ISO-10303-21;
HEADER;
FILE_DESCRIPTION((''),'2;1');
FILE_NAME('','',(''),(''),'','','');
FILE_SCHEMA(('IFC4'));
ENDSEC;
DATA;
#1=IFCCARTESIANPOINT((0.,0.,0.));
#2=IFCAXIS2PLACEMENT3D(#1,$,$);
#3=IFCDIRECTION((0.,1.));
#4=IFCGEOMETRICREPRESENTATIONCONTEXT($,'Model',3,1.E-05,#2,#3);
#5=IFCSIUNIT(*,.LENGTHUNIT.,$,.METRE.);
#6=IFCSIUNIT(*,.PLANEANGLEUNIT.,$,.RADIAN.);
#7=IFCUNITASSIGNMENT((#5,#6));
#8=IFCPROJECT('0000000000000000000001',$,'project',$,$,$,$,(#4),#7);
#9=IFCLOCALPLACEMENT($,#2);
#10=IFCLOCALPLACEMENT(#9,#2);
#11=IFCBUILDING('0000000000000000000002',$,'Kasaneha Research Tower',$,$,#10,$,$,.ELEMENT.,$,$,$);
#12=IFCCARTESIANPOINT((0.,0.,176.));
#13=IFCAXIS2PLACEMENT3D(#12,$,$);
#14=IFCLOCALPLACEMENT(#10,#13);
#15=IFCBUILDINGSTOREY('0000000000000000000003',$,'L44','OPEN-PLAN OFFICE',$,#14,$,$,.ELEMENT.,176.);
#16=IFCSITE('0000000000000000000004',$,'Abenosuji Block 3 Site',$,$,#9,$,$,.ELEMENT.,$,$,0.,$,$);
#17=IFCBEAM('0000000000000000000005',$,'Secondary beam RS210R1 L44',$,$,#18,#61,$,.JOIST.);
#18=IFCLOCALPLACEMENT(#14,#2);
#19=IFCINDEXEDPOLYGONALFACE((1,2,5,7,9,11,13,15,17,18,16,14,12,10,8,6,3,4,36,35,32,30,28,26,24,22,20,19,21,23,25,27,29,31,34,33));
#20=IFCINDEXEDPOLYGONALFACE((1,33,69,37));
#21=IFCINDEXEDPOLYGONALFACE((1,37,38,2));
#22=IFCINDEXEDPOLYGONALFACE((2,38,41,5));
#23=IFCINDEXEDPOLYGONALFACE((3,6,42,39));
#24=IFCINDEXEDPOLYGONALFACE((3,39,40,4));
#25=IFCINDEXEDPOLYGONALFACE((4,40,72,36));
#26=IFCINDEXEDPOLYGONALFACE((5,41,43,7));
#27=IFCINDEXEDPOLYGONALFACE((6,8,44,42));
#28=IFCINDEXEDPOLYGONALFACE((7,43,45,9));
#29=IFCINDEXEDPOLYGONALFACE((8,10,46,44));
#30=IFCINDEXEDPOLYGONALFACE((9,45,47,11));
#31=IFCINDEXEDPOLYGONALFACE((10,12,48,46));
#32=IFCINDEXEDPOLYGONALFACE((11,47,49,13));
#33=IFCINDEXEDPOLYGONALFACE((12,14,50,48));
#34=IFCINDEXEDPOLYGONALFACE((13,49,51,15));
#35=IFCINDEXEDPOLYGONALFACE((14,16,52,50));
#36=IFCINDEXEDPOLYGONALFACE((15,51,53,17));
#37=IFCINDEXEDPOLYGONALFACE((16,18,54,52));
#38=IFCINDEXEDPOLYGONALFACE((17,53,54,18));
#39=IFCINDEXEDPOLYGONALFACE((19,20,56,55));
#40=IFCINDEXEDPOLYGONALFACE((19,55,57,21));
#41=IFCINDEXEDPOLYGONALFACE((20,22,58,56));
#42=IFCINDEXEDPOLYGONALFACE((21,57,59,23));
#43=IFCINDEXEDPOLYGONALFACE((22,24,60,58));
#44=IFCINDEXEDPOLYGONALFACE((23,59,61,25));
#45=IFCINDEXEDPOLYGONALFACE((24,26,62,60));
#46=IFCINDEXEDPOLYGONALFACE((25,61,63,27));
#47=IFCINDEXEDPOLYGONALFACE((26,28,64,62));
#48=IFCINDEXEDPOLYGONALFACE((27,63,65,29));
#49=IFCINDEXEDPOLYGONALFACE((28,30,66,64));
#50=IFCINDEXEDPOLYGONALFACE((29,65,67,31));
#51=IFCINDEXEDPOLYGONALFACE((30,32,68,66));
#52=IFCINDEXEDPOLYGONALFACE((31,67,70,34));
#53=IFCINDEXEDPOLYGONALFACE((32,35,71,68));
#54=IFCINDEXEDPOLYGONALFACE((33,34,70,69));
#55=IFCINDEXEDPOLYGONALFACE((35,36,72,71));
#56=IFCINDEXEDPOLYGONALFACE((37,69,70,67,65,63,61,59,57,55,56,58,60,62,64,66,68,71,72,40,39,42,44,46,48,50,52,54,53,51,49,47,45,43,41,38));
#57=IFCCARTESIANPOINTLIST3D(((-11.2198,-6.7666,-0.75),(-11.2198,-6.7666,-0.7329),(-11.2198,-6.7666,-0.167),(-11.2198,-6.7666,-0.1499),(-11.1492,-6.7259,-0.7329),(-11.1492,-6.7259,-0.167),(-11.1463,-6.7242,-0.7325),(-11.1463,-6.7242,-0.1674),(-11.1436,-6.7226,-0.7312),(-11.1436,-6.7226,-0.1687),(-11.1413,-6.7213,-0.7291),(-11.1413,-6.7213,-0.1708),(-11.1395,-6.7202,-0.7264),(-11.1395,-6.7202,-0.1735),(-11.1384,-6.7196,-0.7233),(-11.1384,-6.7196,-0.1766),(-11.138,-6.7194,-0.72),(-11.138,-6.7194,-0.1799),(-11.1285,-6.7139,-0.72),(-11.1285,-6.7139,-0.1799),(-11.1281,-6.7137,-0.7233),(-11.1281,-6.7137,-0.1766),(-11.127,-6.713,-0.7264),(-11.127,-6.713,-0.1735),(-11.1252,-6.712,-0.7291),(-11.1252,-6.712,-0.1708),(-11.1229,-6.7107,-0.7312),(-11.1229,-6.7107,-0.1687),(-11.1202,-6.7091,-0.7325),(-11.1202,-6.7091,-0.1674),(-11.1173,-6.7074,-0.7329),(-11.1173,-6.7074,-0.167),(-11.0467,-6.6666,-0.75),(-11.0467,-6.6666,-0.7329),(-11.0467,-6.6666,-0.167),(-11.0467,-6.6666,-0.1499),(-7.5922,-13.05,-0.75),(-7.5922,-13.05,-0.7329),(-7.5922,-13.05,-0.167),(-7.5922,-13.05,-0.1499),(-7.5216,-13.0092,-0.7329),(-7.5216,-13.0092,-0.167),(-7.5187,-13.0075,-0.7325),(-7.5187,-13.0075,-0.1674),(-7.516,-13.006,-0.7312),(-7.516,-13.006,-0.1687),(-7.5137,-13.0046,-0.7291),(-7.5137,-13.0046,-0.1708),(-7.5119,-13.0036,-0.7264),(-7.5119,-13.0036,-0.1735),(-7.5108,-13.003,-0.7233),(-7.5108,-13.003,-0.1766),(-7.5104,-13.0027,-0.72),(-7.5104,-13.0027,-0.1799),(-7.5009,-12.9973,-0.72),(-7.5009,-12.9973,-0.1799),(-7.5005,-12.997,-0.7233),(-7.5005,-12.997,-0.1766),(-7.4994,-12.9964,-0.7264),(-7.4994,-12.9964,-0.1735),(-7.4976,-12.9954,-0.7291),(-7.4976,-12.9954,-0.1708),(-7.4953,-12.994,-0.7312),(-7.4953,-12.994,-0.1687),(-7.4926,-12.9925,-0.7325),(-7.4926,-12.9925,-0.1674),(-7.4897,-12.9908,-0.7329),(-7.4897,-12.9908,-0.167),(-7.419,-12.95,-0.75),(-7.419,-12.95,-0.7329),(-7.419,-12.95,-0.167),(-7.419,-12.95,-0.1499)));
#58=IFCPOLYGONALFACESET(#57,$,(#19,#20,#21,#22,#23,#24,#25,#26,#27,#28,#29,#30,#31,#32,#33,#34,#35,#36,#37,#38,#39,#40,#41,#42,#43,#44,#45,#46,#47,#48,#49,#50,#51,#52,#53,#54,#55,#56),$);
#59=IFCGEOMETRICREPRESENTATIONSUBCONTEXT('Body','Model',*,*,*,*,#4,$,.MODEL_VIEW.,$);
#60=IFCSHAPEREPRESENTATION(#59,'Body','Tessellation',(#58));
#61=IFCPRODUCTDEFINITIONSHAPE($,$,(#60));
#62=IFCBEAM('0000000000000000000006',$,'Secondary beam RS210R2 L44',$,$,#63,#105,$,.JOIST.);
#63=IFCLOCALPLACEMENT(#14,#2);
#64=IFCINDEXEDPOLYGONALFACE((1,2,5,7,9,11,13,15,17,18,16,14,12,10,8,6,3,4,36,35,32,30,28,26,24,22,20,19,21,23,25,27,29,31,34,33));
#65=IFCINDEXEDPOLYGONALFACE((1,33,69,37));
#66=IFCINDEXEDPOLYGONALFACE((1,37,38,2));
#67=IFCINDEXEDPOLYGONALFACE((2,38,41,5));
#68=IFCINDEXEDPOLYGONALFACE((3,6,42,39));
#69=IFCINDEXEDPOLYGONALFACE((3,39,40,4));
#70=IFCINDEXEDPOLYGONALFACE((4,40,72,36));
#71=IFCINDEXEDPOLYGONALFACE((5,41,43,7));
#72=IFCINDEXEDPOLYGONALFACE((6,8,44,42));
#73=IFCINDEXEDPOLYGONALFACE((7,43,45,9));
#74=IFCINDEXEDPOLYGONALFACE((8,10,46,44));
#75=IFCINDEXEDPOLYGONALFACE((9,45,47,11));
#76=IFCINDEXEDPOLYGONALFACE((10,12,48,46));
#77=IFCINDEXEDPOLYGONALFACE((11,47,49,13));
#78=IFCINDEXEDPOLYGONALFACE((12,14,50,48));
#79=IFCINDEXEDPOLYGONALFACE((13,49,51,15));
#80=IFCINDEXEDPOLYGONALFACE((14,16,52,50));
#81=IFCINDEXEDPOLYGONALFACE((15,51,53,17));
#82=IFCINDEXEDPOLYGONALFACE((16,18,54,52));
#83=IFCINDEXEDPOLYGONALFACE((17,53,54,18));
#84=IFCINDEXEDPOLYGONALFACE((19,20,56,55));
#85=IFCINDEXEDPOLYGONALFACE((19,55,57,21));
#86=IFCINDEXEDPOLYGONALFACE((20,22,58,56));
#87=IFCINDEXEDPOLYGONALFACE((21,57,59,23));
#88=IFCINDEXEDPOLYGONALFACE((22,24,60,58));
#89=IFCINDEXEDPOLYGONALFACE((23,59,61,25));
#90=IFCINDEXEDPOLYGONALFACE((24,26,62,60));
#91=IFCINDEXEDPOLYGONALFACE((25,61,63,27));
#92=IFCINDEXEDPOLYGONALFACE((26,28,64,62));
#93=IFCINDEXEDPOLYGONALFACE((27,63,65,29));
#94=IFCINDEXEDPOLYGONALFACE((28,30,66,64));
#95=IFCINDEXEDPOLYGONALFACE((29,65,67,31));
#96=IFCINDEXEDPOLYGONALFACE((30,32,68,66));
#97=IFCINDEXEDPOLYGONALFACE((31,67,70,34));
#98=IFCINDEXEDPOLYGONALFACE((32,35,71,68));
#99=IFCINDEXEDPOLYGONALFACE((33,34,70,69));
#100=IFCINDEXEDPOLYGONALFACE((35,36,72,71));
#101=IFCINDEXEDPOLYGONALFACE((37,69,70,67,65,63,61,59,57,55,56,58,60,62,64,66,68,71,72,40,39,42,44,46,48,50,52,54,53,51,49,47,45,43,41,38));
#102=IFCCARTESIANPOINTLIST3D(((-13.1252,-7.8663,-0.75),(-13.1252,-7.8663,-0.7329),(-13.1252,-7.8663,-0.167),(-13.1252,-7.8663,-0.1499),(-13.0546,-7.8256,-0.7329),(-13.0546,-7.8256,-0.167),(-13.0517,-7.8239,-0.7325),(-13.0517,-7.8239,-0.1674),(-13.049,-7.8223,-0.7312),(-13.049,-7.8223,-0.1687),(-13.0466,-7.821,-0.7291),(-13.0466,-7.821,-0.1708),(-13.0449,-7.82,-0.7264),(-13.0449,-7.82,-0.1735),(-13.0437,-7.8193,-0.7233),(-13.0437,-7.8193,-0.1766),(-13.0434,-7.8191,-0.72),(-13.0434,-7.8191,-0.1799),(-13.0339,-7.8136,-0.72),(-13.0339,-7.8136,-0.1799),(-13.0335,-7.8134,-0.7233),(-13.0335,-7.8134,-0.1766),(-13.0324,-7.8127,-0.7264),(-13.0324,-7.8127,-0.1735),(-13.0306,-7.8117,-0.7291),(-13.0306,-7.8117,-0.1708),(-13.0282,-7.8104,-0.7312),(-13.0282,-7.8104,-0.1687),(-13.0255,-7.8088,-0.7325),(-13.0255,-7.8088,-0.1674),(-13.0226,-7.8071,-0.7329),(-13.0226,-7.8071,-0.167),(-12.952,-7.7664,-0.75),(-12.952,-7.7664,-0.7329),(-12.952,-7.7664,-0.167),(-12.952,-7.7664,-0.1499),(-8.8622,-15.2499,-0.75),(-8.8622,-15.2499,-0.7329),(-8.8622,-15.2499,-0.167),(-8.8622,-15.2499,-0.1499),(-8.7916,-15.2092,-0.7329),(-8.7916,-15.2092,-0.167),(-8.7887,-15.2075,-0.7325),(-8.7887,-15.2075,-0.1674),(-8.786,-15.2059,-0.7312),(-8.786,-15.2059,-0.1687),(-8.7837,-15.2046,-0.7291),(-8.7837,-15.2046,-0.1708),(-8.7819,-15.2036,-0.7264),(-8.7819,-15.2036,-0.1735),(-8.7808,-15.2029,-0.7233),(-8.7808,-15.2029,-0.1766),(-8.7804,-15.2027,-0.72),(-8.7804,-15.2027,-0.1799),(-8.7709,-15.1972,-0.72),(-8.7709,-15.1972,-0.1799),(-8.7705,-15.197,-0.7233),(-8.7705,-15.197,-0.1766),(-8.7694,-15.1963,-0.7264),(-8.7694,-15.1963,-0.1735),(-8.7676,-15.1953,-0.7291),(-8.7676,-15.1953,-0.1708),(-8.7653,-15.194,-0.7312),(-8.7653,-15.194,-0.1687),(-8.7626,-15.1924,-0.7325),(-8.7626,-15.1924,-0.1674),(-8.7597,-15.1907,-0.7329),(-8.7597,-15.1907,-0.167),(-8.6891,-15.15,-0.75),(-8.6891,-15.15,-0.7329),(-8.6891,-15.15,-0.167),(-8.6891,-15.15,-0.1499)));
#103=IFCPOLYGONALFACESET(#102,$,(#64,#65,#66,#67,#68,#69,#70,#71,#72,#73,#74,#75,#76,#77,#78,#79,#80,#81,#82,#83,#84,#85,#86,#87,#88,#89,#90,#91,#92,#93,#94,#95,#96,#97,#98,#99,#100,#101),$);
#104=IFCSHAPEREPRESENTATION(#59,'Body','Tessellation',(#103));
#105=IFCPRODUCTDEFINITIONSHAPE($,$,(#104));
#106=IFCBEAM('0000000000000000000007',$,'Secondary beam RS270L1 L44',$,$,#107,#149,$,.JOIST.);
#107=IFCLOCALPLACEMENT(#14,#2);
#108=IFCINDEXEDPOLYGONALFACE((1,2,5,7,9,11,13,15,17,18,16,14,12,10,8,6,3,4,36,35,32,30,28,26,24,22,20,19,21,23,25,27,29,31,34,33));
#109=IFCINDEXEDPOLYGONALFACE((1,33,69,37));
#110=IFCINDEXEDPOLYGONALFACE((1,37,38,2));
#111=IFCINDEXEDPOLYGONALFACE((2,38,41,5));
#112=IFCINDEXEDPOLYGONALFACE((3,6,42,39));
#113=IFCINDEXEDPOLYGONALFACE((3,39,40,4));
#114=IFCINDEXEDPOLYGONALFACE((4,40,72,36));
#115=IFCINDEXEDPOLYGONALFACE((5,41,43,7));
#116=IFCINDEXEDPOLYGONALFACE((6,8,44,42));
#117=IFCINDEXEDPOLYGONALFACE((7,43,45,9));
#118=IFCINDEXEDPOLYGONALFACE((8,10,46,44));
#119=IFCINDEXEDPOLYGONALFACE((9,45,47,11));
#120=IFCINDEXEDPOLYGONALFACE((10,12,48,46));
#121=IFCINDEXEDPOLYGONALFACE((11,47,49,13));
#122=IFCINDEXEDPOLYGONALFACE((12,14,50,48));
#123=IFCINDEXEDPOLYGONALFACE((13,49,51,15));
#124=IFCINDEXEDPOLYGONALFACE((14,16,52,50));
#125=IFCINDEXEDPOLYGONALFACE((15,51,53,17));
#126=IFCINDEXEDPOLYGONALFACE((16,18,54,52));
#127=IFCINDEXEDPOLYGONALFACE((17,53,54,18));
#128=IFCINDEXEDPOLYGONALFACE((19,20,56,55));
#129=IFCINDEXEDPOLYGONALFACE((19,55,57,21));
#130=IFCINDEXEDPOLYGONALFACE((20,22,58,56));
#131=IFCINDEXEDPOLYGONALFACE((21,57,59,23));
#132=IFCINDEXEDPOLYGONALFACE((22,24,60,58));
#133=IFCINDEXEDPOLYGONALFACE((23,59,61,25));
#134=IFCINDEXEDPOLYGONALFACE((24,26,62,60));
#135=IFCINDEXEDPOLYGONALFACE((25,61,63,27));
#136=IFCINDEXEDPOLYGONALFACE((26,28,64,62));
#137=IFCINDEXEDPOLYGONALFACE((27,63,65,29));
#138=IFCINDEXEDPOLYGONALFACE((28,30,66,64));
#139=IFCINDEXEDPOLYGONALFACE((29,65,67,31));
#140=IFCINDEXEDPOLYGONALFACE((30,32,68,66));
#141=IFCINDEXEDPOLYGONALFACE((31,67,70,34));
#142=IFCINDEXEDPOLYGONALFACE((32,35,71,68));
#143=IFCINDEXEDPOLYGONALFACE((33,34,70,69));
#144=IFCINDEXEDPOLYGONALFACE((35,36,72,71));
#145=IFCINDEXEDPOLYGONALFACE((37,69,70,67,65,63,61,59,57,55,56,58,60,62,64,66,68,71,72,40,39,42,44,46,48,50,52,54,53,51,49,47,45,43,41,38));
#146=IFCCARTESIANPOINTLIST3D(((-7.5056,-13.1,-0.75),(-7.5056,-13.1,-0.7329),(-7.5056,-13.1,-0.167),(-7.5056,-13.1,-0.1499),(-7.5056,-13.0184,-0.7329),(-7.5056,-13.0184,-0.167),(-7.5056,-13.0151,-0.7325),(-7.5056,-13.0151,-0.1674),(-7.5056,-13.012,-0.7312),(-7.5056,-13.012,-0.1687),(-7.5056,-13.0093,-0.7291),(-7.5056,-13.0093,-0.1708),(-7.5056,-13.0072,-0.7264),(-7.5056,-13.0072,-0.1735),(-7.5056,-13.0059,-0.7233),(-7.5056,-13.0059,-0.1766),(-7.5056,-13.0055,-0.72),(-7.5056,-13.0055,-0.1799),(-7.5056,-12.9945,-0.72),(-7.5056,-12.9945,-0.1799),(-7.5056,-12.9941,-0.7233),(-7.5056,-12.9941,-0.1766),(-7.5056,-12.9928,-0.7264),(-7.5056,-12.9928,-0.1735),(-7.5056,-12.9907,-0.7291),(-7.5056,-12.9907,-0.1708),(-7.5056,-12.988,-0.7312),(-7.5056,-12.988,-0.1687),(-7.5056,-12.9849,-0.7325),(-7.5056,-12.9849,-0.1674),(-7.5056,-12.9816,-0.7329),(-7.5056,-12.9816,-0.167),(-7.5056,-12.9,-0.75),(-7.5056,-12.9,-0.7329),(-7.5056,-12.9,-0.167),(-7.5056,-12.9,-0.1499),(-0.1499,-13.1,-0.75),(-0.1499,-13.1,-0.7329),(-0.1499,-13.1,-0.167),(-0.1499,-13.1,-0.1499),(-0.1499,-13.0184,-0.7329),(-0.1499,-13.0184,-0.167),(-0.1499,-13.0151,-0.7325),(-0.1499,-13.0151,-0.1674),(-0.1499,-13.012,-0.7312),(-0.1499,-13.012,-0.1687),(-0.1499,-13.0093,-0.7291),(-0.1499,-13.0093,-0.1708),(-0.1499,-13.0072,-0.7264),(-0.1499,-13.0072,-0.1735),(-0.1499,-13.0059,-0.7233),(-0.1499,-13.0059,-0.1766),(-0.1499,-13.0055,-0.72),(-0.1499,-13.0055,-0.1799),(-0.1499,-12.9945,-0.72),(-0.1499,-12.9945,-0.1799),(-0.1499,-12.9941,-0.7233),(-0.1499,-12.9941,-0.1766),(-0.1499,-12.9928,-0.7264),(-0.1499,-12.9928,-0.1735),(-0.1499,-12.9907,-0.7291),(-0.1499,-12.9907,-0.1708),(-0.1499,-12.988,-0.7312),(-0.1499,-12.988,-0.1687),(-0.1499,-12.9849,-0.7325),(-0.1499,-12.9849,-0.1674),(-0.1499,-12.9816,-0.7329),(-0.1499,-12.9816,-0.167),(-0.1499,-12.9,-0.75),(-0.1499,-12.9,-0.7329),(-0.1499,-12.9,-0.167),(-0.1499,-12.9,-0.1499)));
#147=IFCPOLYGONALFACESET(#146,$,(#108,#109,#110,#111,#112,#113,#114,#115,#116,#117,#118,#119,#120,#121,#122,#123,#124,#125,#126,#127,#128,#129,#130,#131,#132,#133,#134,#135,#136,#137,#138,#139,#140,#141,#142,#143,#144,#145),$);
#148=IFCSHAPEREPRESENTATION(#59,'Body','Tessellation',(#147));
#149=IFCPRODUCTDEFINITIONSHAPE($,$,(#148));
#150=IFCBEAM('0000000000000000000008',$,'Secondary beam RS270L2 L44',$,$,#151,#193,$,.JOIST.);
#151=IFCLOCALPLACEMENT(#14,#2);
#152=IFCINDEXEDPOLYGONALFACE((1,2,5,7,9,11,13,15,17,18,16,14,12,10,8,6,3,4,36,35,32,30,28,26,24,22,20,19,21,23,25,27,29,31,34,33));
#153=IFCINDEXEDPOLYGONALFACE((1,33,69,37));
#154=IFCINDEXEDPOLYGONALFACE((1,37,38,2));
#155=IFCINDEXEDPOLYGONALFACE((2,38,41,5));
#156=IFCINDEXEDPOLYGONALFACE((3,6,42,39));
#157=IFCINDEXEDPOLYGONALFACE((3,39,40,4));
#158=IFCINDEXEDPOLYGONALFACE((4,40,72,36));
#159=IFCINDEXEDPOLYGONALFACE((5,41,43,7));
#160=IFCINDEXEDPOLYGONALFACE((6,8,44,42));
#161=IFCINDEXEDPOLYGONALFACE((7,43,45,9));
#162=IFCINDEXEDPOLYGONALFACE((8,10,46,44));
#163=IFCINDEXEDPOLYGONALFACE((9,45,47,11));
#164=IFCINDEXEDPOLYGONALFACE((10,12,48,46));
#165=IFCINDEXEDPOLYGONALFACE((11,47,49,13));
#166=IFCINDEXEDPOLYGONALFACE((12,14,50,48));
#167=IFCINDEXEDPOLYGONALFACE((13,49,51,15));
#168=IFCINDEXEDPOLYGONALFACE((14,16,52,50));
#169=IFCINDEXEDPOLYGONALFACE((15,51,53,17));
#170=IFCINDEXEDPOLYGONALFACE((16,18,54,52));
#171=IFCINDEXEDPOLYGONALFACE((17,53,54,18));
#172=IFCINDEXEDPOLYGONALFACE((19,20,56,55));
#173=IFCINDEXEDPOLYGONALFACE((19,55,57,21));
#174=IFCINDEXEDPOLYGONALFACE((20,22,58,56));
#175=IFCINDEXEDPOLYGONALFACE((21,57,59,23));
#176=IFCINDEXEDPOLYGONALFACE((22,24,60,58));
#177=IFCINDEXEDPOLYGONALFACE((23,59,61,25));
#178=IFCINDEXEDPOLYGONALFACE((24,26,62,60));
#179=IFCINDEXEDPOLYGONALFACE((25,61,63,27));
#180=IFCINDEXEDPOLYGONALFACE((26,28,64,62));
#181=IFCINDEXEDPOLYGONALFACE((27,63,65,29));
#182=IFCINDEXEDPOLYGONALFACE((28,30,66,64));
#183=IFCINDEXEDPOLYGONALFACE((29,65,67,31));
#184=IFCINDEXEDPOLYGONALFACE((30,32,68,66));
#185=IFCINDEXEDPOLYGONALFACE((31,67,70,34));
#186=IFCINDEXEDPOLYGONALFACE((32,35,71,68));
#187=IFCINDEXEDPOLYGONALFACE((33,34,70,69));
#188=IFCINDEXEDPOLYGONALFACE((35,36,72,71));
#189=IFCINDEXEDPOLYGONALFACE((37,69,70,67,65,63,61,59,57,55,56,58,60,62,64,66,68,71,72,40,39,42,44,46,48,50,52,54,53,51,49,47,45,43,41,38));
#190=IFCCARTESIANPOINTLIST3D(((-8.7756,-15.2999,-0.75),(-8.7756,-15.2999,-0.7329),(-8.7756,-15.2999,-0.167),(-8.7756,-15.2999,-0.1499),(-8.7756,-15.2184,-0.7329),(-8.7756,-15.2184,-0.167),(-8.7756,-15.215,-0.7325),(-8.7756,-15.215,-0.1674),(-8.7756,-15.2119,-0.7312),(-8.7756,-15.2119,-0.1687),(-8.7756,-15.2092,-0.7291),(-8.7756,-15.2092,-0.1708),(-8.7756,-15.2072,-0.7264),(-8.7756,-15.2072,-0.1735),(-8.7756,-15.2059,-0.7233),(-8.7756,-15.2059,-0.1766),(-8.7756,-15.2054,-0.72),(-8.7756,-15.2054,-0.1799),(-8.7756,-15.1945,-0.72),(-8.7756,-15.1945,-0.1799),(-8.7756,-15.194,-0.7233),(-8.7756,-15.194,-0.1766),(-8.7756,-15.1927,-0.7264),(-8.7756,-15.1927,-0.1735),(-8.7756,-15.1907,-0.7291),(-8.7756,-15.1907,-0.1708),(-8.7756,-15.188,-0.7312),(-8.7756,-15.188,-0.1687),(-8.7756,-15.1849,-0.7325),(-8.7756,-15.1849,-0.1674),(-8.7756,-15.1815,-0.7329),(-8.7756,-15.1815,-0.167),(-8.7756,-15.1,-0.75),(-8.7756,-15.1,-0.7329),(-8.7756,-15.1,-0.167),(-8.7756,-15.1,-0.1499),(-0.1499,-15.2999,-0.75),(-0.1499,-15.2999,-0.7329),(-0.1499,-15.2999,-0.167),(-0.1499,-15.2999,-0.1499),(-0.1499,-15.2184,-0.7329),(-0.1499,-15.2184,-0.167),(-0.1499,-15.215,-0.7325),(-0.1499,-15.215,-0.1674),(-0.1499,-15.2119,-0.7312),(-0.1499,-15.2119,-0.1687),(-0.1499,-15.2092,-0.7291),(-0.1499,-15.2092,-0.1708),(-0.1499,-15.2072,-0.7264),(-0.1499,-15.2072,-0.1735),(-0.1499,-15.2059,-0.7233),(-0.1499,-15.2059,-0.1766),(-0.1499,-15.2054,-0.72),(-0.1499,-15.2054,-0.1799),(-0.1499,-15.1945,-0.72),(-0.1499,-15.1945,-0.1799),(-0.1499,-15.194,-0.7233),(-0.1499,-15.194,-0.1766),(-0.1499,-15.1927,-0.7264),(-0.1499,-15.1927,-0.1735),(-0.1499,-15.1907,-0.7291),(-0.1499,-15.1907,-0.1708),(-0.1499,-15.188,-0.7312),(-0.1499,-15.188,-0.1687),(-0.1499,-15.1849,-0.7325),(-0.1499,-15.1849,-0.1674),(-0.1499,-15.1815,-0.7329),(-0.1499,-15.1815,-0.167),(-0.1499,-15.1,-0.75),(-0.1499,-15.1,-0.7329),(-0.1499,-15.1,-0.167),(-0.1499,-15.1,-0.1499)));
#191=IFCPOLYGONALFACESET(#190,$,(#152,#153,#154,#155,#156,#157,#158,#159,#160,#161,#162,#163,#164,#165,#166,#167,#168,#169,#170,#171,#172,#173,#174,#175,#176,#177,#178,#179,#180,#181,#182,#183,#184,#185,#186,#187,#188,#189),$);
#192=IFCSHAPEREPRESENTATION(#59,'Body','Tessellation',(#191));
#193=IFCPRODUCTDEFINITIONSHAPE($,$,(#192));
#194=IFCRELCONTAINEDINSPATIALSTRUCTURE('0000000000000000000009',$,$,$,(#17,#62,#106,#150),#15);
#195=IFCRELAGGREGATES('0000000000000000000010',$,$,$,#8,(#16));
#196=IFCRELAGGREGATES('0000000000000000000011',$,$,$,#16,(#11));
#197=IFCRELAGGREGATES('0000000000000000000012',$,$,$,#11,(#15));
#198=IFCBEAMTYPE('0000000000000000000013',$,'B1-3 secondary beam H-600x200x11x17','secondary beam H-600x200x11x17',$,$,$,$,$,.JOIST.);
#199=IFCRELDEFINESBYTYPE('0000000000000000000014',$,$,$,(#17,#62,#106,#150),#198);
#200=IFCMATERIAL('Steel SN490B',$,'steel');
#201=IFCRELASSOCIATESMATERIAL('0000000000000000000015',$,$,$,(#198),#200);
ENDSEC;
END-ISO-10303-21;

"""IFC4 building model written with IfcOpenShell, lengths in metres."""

from ifc_helpers import new_model, si_unit, direction, frame, origin, origin_2d, place, context, subcontext, project, spatial, i_section, extrude, material, material_profile, profile_set, type_object, element, save


model = new_model("IFC4")

# Units and contexts
model_context = context("Model", 3, precision=1e-05, world=origin(), true_north=direction((0.0, 1.0)))
body_context = subcontext(model_context, "Body", "Model", "MODEL_VIEW")
ifc_project = project(units=[si_unit("LENGTHUNIT", "METRE"), si_unit("PLANEANGLEUNIT", "RADIAN")], contexts=[model_context])

# Site, building, storey
site_placement = place(None, origin())
site = spatial("IfcSite", under=ifc_project, at=site_placement, Name="Abenosuji Block 3 Site", CompositionType="ELEMENT", RefElevation=0.0)
building_placement = place(site_placement, origin())
building = spatial("IfcBuilding", under=site, at=building_placement, Name="Kasaneha Research Tower", CompositionType="ELEMENT")
storey_placement = place(building_placement, frame((0.0, 0.0, 176.0)))
storey = spatial("IfcBuildingStorey", under=building, at=storey_placement, Name="L44", Description="OPEN-PLAN OFFICE", CompositionType="ELEMENT", Elevation=176.0)

# Beams
ifc_material_1 = material(Name="Steel SN490B", Category="steel")
ifc_material_profile = material_profile(ifc_material_1, i_section(OverallWidth=0.2, OverallDepth=0.6001, WebThickness=0.011, FlangeThickness=0.0171, FilletRadius=0.0129, at=origin_2d()), Name="H-600x200x11x17")
ifc_profile_set = profile_set([ifc_material_profile], Name="Steel SN490B")
beam_type = type_object("IfcBeamType", Name="B1-3 secondary beam H-600x200x11x17", Description="secondary beam H-600x200x11x17", PredefinedType="JOIST", material=ifc_profile_set)
beam_1_placement = place(storey_placement, frame((-7.5056, -13.0, -0.45), z_axis=(-0.499993, 0.866029, 0.0), x_axis=(-0.866029, -0.499993, 0.0)))
element("IfcBeam", 1, at=beam_1_placement, inside=storey, type_object=beam_type, Name="Secondary beam RS210R1 L44", PredefinedType="JOIST", context=body_context, shape_type="SweptSolid", body=[
    extrude(i_section(OverallWidth=0.2, OverallDepth=0.6001, WebThickness=0.011, FlangeThickness=0.0171, FilletRadius=0.0129, at=origin_2d()), origin(), (0.0, 0.0, 1.0), 7.2554),
])
beam_2_placement = place(storey_placement, frame((-8.7756, -15.2, -0.45), z_axis=(-0.500004, 0.866023, 0.0), x_axis=(-0.866023, -0.500004, 0.0)))
element("IfcBeam", 2, at=beam_2_placement, inside=storey, type_object=beam_type, Name="Secondary beam RS210R2 L44", PredefinedType="JOIST", context=body_context, shape_type="SweptSolid", body=[
    extrude(i_section(OverallWidth=0.2, OverallDepth=0.6001, WebThickness=0.011, FlangeThickness=0.0171, FilletRadius=0.0129, at=origin_2d()), origin(), (0.0, 0.0, 1.0), 8.5259),
])
beam_3_placement = place(storey_placement, frame((-7.5056, -13.0, -0.45), z_axis=(1.0, 0.0, 0.0), x_axis=(0.0, 1.0, 0.0)))
element("IfcBeam", 3, at=beam_3_placement, inside=storey, type_object=beam_type, Name="Secondary beam RS270L1 L44", PredefinedType="JOIST", context=body_context, shape_type="SweptSolid", body=[
    extrude(i_section(OverallWidth=0.2, OverallDepth=0.6001, WebThickness=0.011, FlangeThickness=0.0171, FilletRadius=0.0129, at=origin_2d()), origin(), (0.0, 0.0, 1.0), 7.3557),
])
beam_4_placement = place(storey_placement, frame((-8.7756, -15.2, -0.45), z_axis=(1.0, 0.0, 0.0), x_axis=(0.0, 1.0, 0.0)))
element("IfcBeam", 4, at=beam_4_placement, inside=storey, type_object=beam_type, Name="Secondary beam RS270L2 L44", PredefinedType="JOIST", context=body_context, shape_type="SweptSolid", body=[
    extrude(i_section(OverallWidth=0.2, OverallDepth=0.6001, WebThickness=0.011, FlangeThickness=0.0171, FilletRadius=0.0129, at=origin_2d()), origin(), (0.0, 0.0, 1.0), 8.6257),
])

save(model, "model.ifc")
